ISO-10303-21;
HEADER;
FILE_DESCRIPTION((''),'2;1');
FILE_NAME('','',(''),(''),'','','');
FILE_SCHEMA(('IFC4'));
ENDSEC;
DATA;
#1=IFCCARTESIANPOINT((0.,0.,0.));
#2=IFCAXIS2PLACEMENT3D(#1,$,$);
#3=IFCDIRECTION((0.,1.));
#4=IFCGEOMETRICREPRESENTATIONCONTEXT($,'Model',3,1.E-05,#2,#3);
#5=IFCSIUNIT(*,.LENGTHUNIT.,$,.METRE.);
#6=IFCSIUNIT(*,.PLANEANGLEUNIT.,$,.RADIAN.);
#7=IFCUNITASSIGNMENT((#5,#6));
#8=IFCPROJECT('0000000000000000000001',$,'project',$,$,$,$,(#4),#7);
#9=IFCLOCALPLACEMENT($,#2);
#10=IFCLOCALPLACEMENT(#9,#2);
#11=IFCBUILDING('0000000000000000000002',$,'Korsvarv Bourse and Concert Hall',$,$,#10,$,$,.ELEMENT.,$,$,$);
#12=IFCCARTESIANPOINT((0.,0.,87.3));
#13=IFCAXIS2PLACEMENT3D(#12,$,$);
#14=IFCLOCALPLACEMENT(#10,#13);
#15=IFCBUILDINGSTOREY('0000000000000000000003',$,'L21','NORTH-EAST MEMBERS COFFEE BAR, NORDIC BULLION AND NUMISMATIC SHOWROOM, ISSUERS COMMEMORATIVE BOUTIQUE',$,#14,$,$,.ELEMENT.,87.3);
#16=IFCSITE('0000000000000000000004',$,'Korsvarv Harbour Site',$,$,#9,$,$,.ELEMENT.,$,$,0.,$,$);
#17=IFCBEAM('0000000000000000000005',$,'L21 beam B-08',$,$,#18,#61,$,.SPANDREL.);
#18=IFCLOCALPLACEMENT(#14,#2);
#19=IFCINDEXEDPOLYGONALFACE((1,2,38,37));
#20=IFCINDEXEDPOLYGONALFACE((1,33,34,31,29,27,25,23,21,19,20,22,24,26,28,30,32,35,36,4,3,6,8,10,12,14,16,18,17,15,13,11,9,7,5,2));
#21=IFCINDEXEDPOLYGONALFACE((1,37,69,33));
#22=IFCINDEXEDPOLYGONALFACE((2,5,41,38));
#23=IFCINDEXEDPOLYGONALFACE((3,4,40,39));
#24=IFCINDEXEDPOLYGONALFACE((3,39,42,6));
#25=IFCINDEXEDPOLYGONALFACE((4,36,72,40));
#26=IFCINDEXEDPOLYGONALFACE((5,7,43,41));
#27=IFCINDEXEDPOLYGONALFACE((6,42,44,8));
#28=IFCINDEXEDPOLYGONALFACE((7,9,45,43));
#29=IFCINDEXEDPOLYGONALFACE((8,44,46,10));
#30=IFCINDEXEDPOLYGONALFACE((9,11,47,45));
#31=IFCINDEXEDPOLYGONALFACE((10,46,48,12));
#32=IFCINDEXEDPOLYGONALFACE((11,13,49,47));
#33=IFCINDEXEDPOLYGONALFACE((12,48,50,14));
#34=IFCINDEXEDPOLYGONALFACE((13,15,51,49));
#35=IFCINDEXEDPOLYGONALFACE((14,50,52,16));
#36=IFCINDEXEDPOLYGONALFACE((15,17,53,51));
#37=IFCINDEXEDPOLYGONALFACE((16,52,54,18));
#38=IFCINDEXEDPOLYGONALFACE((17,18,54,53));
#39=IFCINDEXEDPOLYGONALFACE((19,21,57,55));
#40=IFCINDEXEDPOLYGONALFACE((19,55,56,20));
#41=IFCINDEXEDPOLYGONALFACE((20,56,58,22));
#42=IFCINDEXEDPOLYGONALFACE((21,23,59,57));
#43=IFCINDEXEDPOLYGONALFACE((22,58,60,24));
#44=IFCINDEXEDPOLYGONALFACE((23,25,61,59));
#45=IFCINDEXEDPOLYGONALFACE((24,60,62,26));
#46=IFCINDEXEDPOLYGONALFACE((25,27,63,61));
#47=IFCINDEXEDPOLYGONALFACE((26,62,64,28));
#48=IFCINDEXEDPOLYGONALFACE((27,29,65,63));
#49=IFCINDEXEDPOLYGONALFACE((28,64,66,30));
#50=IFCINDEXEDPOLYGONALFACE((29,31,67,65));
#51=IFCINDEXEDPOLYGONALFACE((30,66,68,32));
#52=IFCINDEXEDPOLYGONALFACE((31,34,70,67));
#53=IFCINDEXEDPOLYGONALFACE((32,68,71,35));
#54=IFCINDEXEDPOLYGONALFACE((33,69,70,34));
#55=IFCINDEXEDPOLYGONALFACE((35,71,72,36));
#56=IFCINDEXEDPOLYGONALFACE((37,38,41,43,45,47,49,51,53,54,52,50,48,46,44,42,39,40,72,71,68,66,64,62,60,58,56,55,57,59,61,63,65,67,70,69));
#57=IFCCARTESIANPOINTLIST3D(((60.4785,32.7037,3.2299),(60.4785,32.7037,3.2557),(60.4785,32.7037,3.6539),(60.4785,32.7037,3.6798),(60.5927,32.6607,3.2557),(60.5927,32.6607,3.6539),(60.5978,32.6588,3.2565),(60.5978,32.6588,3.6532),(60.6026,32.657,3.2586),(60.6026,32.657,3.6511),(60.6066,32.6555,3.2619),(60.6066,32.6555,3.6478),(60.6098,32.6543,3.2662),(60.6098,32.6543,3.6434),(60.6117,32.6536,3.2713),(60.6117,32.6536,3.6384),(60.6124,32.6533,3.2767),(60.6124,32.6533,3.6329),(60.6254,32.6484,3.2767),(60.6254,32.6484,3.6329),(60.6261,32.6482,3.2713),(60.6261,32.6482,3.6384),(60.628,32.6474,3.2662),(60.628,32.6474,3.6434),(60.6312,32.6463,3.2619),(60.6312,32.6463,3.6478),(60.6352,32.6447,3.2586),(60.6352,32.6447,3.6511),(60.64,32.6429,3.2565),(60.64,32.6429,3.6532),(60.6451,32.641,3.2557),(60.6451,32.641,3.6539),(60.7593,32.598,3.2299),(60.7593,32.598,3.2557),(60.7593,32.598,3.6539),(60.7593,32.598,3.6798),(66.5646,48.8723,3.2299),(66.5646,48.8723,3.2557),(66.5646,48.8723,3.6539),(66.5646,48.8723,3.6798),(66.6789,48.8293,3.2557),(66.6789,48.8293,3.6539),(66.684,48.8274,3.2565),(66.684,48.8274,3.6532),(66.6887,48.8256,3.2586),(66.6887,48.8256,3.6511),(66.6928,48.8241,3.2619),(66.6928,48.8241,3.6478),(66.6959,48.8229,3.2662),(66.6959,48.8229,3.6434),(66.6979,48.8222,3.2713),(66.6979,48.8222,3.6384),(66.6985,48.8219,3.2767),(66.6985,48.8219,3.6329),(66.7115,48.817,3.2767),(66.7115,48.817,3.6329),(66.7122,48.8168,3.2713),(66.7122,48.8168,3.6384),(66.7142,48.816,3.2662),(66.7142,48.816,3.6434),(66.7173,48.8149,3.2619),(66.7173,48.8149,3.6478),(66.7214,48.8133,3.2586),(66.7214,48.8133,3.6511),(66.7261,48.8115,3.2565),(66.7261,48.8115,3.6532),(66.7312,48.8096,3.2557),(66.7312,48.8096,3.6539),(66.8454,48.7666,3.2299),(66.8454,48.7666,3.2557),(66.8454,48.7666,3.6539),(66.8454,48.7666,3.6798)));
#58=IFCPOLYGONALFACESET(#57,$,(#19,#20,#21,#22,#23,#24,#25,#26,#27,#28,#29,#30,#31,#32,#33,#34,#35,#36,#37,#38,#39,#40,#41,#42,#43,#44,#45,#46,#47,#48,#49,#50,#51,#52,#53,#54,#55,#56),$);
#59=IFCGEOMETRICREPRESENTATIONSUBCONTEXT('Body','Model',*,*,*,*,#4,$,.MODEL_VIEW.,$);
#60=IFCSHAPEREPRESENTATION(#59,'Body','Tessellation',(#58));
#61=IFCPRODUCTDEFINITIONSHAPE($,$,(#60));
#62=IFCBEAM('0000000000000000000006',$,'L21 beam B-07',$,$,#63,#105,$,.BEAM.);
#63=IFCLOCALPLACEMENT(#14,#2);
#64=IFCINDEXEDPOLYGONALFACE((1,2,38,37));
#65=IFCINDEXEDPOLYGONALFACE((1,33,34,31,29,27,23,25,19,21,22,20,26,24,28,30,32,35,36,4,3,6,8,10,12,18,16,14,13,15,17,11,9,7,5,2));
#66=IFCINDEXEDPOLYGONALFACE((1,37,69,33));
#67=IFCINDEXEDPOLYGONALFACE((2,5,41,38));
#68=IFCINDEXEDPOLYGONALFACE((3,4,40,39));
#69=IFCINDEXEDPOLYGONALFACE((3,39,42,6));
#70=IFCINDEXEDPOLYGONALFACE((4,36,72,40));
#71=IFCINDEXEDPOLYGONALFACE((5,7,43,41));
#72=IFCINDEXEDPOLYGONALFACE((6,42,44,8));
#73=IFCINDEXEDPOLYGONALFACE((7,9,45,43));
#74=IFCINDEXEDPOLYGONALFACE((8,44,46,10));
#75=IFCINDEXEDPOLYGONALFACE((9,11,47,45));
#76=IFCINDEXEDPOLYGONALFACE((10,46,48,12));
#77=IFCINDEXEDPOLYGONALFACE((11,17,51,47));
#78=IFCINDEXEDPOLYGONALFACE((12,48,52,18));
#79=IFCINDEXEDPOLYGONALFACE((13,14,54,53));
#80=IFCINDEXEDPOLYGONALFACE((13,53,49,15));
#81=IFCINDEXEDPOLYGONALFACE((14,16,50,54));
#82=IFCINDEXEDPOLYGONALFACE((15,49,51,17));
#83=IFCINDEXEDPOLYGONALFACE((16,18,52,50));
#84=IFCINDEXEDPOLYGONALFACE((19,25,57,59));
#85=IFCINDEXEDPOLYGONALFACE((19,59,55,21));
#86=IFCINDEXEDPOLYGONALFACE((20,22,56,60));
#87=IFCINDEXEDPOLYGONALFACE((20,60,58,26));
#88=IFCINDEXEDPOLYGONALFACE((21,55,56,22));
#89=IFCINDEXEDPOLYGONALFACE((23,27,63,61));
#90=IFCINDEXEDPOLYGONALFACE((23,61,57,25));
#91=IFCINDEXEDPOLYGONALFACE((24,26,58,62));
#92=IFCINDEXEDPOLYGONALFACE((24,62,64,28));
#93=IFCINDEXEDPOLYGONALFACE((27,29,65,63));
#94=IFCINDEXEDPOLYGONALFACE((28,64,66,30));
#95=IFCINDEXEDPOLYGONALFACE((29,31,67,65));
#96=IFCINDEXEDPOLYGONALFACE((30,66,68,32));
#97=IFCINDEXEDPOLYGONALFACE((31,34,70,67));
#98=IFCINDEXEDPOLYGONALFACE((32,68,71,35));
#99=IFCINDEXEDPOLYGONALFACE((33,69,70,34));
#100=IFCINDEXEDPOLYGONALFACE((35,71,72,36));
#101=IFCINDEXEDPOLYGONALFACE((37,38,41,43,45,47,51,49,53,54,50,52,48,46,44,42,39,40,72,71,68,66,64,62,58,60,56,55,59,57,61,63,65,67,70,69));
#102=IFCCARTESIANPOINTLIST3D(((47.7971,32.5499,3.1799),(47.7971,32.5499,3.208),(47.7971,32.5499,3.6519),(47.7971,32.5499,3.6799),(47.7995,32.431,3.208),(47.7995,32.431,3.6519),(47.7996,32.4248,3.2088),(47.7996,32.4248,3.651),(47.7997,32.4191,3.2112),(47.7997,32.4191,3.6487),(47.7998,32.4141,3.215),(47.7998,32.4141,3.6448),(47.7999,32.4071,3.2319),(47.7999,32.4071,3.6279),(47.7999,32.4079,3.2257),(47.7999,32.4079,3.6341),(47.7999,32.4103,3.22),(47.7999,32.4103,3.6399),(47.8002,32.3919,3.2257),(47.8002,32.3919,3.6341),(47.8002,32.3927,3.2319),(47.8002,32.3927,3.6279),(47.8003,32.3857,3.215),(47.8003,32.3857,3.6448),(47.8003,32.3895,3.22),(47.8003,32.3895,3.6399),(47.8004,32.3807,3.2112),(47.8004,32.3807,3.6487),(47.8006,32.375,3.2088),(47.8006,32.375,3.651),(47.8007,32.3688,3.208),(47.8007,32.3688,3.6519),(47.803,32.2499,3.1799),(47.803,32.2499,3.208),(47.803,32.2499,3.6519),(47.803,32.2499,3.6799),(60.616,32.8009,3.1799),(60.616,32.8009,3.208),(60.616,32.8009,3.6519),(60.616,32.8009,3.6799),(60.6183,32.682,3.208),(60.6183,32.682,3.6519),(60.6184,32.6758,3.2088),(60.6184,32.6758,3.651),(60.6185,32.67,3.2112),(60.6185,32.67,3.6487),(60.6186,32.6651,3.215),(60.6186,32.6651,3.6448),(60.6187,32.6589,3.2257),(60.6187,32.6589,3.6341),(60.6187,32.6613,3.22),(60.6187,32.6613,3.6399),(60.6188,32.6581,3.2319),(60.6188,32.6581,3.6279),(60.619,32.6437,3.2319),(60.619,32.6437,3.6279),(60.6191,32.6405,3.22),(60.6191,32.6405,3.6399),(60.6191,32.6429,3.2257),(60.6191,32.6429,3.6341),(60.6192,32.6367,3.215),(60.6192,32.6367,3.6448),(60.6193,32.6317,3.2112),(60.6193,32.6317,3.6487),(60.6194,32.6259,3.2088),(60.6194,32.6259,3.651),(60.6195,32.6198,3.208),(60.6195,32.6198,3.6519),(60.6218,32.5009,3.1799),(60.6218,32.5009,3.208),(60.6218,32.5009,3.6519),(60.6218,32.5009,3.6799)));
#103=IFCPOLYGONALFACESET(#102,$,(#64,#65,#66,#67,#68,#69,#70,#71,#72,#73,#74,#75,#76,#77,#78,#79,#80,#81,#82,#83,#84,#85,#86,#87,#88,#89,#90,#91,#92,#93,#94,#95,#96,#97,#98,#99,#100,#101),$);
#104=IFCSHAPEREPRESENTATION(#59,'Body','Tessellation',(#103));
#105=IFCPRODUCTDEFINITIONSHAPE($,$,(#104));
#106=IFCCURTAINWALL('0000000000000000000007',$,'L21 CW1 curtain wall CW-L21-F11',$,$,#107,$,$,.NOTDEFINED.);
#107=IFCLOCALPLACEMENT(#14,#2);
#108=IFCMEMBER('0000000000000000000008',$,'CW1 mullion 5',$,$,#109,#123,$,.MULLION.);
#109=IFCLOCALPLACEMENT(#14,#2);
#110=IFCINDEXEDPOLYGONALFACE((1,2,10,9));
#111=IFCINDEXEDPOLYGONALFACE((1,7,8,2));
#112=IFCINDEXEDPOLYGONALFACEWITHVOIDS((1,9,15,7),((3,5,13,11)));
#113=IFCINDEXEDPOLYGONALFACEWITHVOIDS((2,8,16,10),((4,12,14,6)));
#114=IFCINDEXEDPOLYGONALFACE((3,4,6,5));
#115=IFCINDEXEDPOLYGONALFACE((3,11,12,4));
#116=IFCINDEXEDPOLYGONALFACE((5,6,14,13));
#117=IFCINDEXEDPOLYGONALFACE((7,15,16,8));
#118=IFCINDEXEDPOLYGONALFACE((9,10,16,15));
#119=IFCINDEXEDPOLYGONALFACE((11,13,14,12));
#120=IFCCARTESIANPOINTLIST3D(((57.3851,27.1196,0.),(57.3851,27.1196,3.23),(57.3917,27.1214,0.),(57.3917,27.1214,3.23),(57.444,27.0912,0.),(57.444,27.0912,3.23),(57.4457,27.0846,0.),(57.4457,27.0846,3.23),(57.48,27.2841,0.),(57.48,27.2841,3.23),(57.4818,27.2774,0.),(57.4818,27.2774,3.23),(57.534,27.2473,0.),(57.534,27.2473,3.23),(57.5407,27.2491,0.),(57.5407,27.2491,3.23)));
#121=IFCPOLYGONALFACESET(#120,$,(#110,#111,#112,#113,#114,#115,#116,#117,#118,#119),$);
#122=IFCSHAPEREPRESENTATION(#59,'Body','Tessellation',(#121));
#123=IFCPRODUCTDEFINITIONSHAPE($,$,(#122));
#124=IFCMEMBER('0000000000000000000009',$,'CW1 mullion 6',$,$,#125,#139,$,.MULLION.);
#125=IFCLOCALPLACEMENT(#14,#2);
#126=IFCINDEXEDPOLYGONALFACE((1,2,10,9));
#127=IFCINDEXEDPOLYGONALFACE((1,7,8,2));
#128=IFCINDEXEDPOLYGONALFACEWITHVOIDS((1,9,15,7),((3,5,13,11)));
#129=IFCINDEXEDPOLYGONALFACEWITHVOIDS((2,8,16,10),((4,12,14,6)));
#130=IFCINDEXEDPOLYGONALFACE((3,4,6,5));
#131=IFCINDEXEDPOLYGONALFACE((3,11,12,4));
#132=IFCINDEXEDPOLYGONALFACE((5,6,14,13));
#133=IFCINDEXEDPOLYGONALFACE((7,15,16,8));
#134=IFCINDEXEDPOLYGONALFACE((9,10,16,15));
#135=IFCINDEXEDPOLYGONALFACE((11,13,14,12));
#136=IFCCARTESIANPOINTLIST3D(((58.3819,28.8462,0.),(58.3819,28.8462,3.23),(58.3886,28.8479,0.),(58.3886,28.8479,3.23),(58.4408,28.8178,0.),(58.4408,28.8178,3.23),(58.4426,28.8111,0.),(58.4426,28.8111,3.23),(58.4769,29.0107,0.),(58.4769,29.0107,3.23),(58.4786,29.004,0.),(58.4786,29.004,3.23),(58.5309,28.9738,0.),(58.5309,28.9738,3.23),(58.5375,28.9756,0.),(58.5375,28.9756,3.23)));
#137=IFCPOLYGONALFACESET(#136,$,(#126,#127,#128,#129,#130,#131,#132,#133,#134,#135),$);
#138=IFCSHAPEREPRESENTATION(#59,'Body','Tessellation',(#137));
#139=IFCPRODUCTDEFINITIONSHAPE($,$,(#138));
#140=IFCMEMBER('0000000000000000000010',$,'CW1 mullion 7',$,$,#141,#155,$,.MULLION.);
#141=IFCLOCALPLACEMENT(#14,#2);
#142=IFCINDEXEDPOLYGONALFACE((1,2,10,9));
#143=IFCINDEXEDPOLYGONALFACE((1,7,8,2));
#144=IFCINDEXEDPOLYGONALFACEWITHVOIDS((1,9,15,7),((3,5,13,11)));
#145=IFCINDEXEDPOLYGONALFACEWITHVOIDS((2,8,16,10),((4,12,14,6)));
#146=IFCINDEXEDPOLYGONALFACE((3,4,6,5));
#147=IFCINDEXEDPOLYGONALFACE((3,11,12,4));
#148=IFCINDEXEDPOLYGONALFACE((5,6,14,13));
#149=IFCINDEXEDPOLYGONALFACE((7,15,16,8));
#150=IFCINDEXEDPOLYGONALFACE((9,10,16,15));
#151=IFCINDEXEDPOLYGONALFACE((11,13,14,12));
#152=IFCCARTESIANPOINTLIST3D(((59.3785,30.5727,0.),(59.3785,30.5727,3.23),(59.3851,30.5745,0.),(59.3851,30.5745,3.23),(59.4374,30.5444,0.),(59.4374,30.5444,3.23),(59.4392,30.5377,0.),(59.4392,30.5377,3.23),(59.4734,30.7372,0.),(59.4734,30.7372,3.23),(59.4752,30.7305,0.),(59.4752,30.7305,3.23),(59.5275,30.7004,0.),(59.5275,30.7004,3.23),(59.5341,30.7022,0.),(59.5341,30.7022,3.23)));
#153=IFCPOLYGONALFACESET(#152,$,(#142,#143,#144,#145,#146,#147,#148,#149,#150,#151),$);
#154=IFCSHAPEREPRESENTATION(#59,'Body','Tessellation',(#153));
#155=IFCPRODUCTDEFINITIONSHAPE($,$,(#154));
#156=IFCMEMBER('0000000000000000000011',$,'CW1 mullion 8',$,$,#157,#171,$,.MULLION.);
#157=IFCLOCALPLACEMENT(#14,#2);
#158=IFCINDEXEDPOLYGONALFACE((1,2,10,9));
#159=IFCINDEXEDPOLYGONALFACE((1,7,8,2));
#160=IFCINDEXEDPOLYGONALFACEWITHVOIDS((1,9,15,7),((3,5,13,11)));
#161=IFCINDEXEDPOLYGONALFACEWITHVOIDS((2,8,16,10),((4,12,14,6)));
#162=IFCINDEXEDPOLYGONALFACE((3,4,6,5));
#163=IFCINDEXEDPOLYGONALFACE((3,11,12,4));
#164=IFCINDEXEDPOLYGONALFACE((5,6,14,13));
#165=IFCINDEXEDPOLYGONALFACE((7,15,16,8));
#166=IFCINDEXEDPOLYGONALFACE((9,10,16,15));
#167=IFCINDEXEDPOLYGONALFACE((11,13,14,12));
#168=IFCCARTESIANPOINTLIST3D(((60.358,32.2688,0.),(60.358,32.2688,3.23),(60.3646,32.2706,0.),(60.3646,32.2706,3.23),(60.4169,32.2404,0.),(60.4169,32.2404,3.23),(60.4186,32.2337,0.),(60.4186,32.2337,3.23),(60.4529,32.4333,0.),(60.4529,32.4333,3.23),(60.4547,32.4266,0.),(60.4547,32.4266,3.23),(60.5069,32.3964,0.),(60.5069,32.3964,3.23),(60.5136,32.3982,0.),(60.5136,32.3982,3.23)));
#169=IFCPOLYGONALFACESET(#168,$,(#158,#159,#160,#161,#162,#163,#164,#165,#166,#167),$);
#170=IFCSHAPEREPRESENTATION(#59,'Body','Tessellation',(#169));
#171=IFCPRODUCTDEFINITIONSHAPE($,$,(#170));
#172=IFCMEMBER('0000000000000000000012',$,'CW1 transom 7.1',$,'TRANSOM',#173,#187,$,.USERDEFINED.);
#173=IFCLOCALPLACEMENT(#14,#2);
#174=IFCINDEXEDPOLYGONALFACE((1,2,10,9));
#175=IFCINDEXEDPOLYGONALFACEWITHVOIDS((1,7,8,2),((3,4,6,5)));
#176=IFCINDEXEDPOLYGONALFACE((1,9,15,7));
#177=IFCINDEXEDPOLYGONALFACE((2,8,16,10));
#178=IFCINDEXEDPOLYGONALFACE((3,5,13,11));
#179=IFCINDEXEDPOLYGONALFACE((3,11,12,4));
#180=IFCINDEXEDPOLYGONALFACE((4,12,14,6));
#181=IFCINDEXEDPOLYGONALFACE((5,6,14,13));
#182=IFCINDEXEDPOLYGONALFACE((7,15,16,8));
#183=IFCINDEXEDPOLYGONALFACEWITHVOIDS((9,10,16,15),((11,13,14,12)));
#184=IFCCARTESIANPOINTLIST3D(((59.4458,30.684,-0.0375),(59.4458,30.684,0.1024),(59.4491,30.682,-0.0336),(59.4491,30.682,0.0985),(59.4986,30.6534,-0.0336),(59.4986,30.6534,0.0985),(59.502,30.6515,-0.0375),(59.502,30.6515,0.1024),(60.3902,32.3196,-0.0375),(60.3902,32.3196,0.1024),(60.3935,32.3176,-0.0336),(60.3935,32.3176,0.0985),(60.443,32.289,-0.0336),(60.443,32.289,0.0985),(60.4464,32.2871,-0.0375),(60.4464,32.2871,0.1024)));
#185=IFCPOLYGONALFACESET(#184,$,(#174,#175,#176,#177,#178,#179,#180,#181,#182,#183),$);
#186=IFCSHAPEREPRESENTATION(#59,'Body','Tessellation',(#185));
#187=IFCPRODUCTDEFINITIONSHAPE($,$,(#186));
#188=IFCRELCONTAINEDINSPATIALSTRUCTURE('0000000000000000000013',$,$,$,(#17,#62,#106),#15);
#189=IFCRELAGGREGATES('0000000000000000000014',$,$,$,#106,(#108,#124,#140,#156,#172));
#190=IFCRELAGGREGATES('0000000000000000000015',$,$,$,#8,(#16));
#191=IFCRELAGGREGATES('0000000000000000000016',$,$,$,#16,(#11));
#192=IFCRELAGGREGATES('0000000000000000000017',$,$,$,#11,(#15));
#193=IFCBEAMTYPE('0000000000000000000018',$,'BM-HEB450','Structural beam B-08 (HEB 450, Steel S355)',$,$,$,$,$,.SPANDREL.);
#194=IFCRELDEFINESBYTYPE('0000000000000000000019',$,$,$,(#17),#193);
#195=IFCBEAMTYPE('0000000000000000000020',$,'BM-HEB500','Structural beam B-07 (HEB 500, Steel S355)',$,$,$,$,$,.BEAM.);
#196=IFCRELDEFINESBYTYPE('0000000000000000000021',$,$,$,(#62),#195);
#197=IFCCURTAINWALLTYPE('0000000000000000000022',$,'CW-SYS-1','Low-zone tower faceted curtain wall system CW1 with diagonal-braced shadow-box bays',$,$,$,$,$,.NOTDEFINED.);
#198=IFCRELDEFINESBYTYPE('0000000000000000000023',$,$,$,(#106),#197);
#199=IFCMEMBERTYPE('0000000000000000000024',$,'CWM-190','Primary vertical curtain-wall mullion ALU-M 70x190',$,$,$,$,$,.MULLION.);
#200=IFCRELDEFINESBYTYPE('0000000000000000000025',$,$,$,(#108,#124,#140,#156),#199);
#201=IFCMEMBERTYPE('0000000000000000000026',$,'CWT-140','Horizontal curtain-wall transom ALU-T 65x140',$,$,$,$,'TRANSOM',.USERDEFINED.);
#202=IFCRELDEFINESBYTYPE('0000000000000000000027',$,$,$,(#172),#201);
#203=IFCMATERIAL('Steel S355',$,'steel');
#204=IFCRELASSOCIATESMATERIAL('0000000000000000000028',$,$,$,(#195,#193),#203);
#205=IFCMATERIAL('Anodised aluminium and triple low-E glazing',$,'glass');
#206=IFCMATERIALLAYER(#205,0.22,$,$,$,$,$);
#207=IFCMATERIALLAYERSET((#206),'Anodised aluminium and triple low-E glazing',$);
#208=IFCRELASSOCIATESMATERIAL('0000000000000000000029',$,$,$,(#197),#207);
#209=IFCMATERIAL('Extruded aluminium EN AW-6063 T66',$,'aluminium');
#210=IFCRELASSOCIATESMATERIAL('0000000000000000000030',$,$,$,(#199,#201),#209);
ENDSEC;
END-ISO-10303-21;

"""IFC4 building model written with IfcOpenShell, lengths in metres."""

from ifc_helpers import new_model, si_unit, direction, frame, origin, origin_2d, place, context, subcontext, project, spatial, hollow_rectangle, i_section, extrude, source, transform, mapped, material, layer, layer_set, material_profile, profile_set, type_object, element, aggregate, save


model = new_model("IFC4")

# Units and contexts
model_context = context("Model", 3, precision=1e-05, world=origin(), true_north=direction((0.0, 1.0)))
body_context = subcontext(model_context, "Body", "Model", "MODEL_VIEW")
ifc_project = project(units=[si_unit("LENGTHUNIT", "METRE"), si_unit("PLANEANGLEUNIT", "RADIAN")], contexts=[model_context])

# Site, building, storey
site_placement = place(None, origin())
site = spatial("IfcSite", under=ifc_project, at=site_placement, Name="Korsvarv Harbour Site", CompositionType="ELEMENT", RefElevation=0.0)
building_placement = place(site_placement, origin())
building = spatial("IfcBuilding", under=site, at=building_placement, Name="Korsvarv Bourse and Concert Hall", CompositionType="ELEMENT")
storey_placement = place(building_placement, frame((0.0, 0.0, 87.3)))
storey = spatial("IfcBuildingStorey", under=building, at=storey_placement, Name="L21", Description="NORTH-EAST MEMBERS COFFEE BAR, NORDIC BULLION AND NUMISMATIC SHOWROOM, ISSUERS COMMEMORATIVE BOUTIQUE", CompositionType="ELEMENT", Elevation=87.3)

# Beams
ifc_material_1 = material(Name="Steel S355", Category="steel")
ifc_material_profile_1 = material_profile(ifc_material_1, i_section(OverallWidth=0.3, OverallDepth=0.5, WebThickness=0.0144, FlangeThickness=0.0281, FilletRadius=0.0239, at=origin_2d()), Name="HEB 500")
ifc_profile_set_1 = profile_set([ifc_material_profile_1], Name="Steel S355")
beam_type_1 = type_object("IfcBeamType", Name="BM-HEB500", Description="Structural beam B-07 (HEB 500, Steel S355)", PredefinedType="BEAM", material=ifc_profile_set_1)
ifc_material_profile_2 = material_profile(ifc_material_1, i_section(OverallWidth=0.3, OverallDepth=0.45, WebThickness=0.0139, FlangeThickness=0.0259, FilletRadius=0.021, at=origin_2d()), Name="HEB 450")
ifc_profile_set_2 = profile_set([ifc_material_profile_2], Name="Steel S355")
beam_type_2 = type_object("IfcBeamType", Name="BM-HEB450", Description="Structural beam B-08 (HEB 450, Steel S355)", PredefinedType="SPANDREL", material=ifc_profile_set_2)
shared_shape_1 = source(origin(), body_context, "Body", "SweptSolid", [
    extrude(i_section(OverallWidth=0.3, OverallDepth=0.45, WebThickness=0.0139, FlangeThickness=0.0259, FilletRadius=0.021, at=origin_2d()), origin(), (0.0, 0.0, 1.0), 17.2761),
])
beam_1_placement = place(storey_placement, frame((60.6189, 32.6509, 3.4548), z_axis=(0.352286, 0.935892, 0.0), x_axis=(-0.935892, 0.352286, 0.0)))
element("IfcBeam", 1, at=beam_1_placement, inside=storey, type_object=beam_type_2, Name="L21 beam B-08", PredefinedType="SPANDREL", context=body_context, shape_type="MappedRepresentation", body=[
    mapped(shared_shape_1, transform((0.0, 0.0, 0.0), scale=1.0)),
])
shared_shape_2 = source(origin(), body_context, "Body", "SweptSolid", [
    extrude(i_section(OverallWidth=0.3, OverallDepth=0.5, WebThickness=0.0144, FlangeThickness=0.0281, FilletRadius=0.0239, at=origin_2d()), origin(), (0.0, 0.0, 1.0), 12.8213),
])
beam_2_placement = place(storey_placement, frame((60.6189, 32.6509, 3.4299), z_axis=(-0.999808, -0.019575, 0.0), x_axis=(0.019575, -0.999808, 0.0)))
element("IfcBeam", 2, at=beam_2_placement, inside=storey, type_object=beam_type_1, Name="L21 beam B-07", PredefinedType="BEAM", context=body_context, shape_type="MappedRepresentation", body=[
    mapped(shared_shape_2, transform((0.0, 0.0, 0.0), scale=1.0)),
])

# Curtain wall, members
ifc_material_2 = material(Name="Anodised aluminium and triple low-E glazing", Category="glass")
ifc_layer_1 = layer(ifc_material_2, 0.22)
ifc_layer_set_1 = layer_set([ifc_layer_1], Name="Anodised aluminium and triple low-E glazing")
curtain_wall_type = type_object("IfcCurtainWallType", Name="CW-SYS-1", Description="Low-zone tower faceted curtain wall system CW1 with diagonal-braced shadow-box bays", PredefinedType="NOTDEFINED", material=ifc_layer_set_1)
curtain_wall_placement = place(storey_placement, origin())
curtain_wall = element("IfcCurtainWall", 3, at=curtain_wall_placement, inside=storey, type_object=curtain_wall_type, Name="L21 CW1 curtain wall CW-L21-F11", PredefinedType="NOTDEFINED")
ifc_material_3 = material(Name="Extruded aluminium EN AW-6063 T66", Category="aluminium")
ifc_material_profile_3 = material_profile(ifc_material_3, hollow_rectangle(XDim=0.0701, YDim=0.1899, WallThickness=0.0049, at=origin_2d()), Name="ALU-M 70x190")
ifc_profile_set_3 = profile_set([ifc_material_profile_3], Name="Extruded aluminium EN AW-6063 T66")
member_type_1 = type_object("IfcMemberType", Name="CWM-190", Description="Primary vertical curtain-wall mullion ALU-M 70x190", PredefinedType="MULLION", material=ifc_profile_set_3)
shared_shape_3 = source(origin(), body_context, "Body", "SweptSolid", [
    extrude(hollow_rectangle(XDim=0.0701, YDim=0.1899, WallThickness=0.0049, at=origin_2d()), origin(), (0.0, 0.0, 1.0), 3.23),
])
member_1_placement = place(storey_placement, frame((57.4629, 27.1843, 0.0), z_axis=(0.0, 0.0, 1.0), x_axis=(-0.866026, 0.499999, 0.0)))
member_1 = element("IfcMember", 4, at=member_1_placement, type_object=member_type_1, Name="CW1 mullion 5", PredefinedType="MULLION", context=body_context, shape_type="MappedRepresentation", body=[
    mapped(shared_shape_3, transform((0.0, 0.0, 0.0), scale=1.0)),
])
member_2_placement = place(storey_placement, frame((58.4597, 28.9109, 0.0), z_axis=(0.0, 0.0, 1.0), x_axis=(-0.866026, 0.499999, 0.0)))
member_2 = element("IfcMember", 5, at=member_2_placement, type_object=member_type_1, Name="CW1 mullion 6", PredefinedType="MULLION", context=body_context, shape_type="MappedRepresentation", body=[
    mapped(shared_shape_3, transform((0.0, 0.0, 0.0), scale=1.0)),
])
member_3_placement = place(storey_placement, frame((59.4563, 30.6375, 0.0), z_axis=(0.0, 0.0, 1.0), x_axis=(-0.866026, 0.499999, 0.0)))
member_3 = element("IfcMember", 6, at=member_3_placement, type_object=member_type_1, Name="CW1 mullion 7", PredefinedType="MULLION", context=body_context, shape_type="MappedRepresentation", body=[
    mapped(shared_shape_3, transform((0.0, 0.0, 0.0), scale=1.0)),
])
member_4_placement = place(storey_placement, frame((60.4358, 32.3335, 0.0), z_axis=(0.0, 0.0, 1.0), x_axis=(-0.866026, 0.499999, 0.0)))
member_4 = element("IfcMember", 7, at=member_4_placement, type_object=member_type_1, Name="CW1 mullion 8", PredefinedType="MULLION", context=body_context, shape_type="MappedRepresentation", body=[
    mapped(shared_shape_3, transform((0.0, 0.0, 0.0), scale=1.0)),
])
ifc_material_profile_4 = material_profile(ifc_material_3, hollow_rectangle(XDim=0.0649, YDim=0.1399, WallThickness=0.0039, at=origin_2d()), Name="ALU-T 65x140")
ifc_profile_set_4 = profile_set([ifc_material_profile_4], Name="Extruded aluminium EN AW-6063 T66")
member_type_2 = type_object("IfcMemberType", Name="CWT-140", Description="Horizontal curtain-wall transom ALU-T 65x140", ElementType="TRANSOM", PredefinedType="USERDEFINED", material=ifc_profile_set_4)
shared_shape_4 = source(origin(), body_context, "Body", "SweptSolid", [
    extrude(hollow_rectangle(XDim=0.0649, YDim=0.1399, WallThickness=0.0039, at=origin_2d()), origin(), (0.0, 0.0, 1.0), 1.8887),
])
member_5_placement = place(storey_placement, frame((59.4739, 30.6677, 0.0325), z_axis=(0.500032, 0.866007, 0.0), x_axis=(-0.866007, 0.500032, 0.0)))
member_5 = element("IfcMember", 8, at=member_5_placement, type_object=member_type_2, Name="CW1 transom 7.1", ObjectType="TRANSOM", PredefinedType="USERDEFINED", context=body_context, shape_type="MappedRepresentation", body=[
    mapped(shared_shape_4, transform((0.0, 0.0, 0.0), scale=1.0)),
])
aggregate(curtain_wall, [member_1, member_2, member_3, member_4, member_5])

save(model, "model.ifc")
